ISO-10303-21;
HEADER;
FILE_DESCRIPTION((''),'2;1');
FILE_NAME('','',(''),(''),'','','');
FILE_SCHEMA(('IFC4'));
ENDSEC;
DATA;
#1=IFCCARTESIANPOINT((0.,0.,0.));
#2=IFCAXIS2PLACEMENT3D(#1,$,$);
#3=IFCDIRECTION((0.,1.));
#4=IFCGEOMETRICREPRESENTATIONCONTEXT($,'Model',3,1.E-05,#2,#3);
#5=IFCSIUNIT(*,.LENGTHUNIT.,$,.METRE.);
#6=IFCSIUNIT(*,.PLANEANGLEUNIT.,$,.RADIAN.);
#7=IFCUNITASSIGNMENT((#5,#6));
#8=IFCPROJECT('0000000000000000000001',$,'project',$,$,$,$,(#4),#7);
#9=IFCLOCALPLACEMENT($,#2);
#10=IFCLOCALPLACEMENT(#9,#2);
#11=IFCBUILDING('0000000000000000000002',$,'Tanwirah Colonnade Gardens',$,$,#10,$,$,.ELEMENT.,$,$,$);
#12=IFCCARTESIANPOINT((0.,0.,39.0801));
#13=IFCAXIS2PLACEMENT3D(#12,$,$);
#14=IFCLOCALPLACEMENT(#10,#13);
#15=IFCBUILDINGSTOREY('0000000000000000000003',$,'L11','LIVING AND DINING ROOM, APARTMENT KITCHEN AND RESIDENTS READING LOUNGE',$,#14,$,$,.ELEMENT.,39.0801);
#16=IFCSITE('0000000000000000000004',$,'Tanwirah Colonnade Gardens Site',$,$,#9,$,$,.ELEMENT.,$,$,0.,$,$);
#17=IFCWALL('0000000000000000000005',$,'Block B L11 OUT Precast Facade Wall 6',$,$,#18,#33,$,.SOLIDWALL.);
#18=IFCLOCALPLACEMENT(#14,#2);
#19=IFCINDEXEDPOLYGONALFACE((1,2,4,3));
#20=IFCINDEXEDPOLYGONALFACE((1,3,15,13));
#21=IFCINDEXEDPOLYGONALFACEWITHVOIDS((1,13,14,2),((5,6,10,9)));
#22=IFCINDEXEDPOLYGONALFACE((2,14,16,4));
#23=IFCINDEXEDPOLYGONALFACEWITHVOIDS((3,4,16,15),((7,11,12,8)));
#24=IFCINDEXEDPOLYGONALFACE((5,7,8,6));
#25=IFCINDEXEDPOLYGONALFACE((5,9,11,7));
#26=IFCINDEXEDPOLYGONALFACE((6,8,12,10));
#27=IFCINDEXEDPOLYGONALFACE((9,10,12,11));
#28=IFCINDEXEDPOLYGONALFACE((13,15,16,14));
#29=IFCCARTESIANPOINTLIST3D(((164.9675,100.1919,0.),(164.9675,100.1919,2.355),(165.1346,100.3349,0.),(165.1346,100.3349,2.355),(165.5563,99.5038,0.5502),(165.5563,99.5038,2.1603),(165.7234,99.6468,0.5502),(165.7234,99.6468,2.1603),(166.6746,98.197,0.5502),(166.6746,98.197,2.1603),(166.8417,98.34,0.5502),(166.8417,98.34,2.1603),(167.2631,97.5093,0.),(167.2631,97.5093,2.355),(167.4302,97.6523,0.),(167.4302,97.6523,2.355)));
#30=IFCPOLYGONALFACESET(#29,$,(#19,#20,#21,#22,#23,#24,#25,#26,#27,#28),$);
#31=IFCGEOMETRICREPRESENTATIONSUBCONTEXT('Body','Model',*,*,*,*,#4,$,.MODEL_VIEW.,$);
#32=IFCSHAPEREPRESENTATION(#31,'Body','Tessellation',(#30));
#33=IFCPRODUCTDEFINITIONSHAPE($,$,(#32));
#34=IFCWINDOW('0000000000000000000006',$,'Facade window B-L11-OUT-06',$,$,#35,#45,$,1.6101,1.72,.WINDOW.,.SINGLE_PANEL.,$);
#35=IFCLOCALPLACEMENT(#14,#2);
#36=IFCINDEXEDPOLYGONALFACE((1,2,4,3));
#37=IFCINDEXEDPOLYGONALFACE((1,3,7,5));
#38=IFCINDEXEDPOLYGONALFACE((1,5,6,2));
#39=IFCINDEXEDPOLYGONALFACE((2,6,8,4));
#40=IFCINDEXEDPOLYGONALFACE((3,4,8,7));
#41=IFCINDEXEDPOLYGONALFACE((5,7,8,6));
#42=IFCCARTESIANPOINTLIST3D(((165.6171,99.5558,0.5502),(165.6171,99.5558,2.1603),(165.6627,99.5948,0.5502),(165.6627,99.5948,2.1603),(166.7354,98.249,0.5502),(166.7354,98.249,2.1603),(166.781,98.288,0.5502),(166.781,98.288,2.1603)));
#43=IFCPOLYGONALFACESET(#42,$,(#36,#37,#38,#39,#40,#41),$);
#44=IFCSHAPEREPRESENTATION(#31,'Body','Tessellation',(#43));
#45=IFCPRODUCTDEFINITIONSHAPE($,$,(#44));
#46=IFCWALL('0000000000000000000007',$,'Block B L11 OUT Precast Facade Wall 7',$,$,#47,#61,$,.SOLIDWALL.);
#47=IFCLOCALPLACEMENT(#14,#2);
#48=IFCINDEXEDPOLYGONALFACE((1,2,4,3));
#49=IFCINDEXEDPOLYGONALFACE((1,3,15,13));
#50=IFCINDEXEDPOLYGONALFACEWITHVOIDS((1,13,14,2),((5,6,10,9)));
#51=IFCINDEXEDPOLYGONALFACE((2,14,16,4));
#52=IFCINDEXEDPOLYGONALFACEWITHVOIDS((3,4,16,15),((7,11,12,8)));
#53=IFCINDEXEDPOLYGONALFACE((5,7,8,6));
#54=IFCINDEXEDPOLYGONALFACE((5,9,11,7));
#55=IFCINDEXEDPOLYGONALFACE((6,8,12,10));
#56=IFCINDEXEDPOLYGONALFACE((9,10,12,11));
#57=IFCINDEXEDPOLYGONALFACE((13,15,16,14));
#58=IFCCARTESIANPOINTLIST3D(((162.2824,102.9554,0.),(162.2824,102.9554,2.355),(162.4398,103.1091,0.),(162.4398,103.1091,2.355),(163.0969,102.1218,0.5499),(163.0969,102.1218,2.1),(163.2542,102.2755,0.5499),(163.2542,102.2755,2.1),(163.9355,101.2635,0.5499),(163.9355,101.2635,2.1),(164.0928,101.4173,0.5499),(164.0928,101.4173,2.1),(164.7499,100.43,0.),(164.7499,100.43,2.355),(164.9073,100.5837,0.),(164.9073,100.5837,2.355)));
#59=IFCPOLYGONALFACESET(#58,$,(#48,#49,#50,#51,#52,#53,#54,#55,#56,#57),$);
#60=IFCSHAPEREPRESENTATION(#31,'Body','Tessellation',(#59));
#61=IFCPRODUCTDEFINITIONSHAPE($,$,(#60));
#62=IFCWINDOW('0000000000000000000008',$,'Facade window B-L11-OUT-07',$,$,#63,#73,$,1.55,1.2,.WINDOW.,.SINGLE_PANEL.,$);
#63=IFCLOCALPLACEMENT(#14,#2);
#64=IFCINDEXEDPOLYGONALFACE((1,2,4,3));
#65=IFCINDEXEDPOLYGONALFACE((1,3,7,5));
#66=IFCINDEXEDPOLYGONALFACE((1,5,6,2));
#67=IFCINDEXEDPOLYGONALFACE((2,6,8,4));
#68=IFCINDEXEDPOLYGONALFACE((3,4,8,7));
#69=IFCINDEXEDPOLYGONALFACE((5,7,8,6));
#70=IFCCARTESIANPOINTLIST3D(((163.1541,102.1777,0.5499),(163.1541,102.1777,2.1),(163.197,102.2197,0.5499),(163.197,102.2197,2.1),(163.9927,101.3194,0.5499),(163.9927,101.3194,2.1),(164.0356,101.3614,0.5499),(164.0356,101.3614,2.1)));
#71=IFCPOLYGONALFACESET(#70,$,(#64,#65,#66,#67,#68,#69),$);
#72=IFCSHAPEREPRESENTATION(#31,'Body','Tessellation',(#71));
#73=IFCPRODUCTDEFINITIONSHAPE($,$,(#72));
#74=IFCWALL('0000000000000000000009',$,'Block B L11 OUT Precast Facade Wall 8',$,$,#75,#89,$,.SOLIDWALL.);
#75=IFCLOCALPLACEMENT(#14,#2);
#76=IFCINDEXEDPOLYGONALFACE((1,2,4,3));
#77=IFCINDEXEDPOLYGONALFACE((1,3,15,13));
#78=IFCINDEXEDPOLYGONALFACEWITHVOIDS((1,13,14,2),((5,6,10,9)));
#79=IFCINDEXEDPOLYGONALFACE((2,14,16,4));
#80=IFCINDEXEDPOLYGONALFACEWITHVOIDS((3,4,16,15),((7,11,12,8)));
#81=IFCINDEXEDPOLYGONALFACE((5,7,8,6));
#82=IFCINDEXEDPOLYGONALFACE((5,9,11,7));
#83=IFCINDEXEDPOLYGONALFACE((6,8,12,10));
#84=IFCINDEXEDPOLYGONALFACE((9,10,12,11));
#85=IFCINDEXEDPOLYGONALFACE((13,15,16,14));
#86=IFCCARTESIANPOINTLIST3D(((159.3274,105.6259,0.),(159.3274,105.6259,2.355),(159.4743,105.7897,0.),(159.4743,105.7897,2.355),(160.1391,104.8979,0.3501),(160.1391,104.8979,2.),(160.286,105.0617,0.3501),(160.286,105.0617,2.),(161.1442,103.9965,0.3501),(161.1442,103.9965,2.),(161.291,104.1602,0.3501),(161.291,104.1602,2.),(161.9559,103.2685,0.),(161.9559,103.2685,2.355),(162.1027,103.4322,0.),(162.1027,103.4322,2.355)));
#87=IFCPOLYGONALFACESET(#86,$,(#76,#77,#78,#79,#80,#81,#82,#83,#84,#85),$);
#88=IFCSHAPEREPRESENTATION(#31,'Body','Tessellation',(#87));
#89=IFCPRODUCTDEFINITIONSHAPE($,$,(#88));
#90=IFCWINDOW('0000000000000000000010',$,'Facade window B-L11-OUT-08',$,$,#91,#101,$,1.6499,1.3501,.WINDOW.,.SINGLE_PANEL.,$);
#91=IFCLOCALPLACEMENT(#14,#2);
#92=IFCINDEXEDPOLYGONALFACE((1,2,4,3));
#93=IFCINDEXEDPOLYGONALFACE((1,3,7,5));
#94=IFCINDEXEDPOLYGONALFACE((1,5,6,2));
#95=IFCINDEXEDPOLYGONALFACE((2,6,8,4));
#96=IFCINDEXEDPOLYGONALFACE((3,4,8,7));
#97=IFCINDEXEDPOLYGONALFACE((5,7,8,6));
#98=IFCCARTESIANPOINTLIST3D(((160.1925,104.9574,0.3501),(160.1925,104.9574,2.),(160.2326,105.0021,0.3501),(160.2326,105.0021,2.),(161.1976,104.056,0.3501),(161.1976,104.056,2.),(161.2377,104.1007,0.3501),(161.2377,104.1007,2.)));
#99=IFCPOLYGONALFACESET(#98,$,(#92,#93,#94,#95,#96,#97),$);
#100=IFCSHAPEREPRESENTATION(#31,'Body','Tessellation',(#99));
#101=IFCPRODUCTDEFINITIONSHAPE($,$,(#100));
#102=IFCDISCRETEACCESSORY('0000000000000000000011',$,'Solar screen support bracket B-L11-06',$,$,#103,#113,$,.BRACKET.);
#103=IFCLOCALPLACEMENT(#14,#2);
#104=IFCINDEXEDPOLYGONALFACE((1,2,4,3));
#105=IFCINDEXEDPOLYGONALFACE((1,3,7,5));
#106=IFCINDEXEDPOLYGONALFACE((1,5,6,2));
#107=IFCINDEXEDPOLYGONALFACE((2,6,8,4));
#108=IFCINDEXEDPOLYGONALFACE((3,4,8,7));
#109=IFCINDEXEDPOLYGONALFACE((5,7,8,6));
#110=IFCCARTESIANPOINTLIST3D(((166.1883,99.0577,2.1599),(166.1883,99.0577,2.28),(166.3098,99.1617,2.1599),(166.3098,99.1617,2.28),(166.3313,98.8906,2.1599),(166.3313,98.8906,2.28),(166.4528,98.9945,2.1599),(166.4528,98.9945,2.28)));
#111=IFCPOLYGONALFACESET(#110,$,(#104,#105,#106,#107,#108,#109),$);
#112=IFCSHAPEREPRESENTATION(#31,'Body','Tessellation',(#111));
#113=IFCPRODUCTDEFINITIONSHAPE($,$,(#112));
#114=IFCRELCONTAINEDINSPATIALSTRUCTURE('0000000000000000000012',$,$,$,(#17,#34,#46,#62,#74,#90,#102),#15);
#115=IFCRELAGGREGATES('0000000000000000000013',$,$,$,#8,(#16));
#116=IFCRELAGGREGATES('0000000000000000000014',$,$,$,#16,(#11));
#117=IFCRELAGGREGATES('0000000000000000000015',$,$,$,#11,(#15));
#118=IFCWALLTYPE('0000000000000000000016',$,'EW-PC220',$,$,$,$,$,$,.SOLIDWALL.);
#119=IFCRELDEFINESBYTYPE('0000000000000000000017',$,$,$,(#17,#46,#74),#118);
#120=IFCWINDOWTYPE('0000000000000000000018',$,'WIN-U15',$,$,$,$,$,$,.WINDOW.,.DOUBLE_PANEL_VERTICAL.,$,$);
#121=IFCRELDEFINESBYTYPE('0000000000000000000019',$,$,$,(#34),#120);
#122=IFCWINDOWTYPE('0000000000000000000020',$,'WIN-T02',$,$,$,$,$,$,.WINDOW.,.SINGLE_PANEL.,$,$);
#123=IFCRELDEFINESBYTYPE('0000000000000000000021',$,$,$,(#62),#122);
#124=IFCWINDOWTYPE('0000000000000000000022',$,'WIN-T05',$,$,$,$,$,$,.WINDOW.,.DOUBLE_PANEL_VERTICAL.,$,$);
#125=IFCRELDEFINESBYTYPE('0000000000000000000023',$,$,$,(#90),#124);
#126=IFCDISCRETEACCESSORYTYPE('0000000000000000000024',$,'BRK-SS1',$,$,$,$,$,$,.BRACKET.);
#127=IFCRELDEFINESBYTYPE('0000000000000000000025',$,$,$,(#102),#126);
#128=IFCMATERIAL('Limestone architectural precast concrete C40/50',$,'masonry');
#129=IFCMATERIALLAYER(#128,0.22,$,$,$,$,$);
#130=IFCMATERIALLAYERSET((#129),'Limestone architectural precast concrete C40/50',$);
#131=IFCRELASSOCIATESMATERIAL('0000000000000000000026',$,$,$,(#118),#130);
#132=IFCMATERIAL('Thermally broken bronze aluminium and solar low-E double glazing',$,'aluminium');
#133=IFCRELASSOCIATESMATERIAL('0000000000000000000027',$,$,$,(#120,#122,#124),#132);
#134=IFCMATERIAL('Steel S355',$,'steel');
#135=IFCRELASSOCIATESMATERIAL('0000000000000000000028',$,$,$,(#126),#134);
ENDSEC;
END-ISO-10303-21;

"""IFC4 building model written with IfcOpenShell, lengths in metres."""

from ifc_helpers import new_model, si_unit, direction, frame, frame_2d, origin, origin_2d, place, context, subcontext, project, spatial, rectangle, extrude, material, layer, layer_set, type_object, element, fill, save


model = new_model("IFC4")

# Units and contexts
model_context = context("Model", 3, precision=1e-05, world=origin(), true_north=direction((0.0, 1.0)))
body_context = subcontext(model_context, "Body", "Model", "MODEL_VIEW")
ifc_project = project(units=[si_unit("LENGTHUNIT", "METRE"), si_unit("PLANEANGLEUNIT", "RADIAN")], contexts=[model_context])

# Site, building, storey
site_placement = place(None, origin())
site = spatial("IfcSite", under=ifc_project, at=site_placement, Name="Tanwirah Colonnade Gardens Site", CompositionType="ELEMENT", RefElevation=0.0)
building_placement = place(site_placement, origin())
building = spatial("IfcBuilding", under=site, at=building_placement, Name="Tanwirah Colonnade Gardens", CompositionType="ELEMENT")
storey_placement = place(building_placement, frame((0.0, 0.0, 39.0801)))
storey = spatial("IfcBuildingStorey", under=building, at=storey_placement, Name="L11", Description="LIVING AND DINING ROOM, APARTMENT KITCHEN AND RESIDENTS READING LOUNGE", CompositionType="ELEMENT", Elevation=39.0801)

# Walls, openings, windows
ifc_material_1 = material(Name="Limestone architectural precast concrete C40/50", Category="masonry")
ifc_layer_1 = layer(ifc_material_1, 0.22)
ifc_layer_set_1 = layer_set([ifc_layer_1], Name="Limestone architectural precast concrete C40/50")
wall_type_1 = type_object("IfcWallType", Name="EW-PC220", PredefinedType="SOLIDWALL", material=ifc_layer_set_1)
wall_1_placement = place(storey_placement, frame((167.3467, 97.5808, 0.0), z_axis=(0.0, 0.0, 1.0), x_axis=(-0.650182, 0.759779, 0.0)))
wall_1 = element("IfcWall", 1, at=wall_1_placement, inside=storey, type_object=wall_type_1, Name="Block B L11 OUT Precast Facade Wall 6", PredefinedType="SOLIDWALL", context=body_context, shape_type="SweptSolid", body=[
    extrude(rectangle(XDim=3.5308, YDim=0.22, at=frame_2d((1.7654, 0.0))), origin(), (0.0, 0.0, 1.0), 2.355),
])
opening_1_placement = place(wall_1_placement, frame((0.9053, 0.0, 0.55)))
opening_1 = element("IfcOpeningElement", 2, at=opening_1_placement, cuts=wall_1, PredefinedType="OPENING", context=body_context, shape_type="SweptSolid", body=[
    extrude(rectangle(XDim=1.72, YDim=1.6101, at=frame_2d((0.8599, 0.8052))), frame((0.0, 0.1199, 0.0), z_axis=(0.0, -1.0, 0.0), x_axis=(1.0, 0.0, 0.0)), (0.0, 0.0, 1.0), 0.24),
])
ifc_material_2 = material(Name="Thermally broken bronze aluminium and solar low-E double glazing", Category="aluminium")
window_type_1 = type_object("IfcWindowType", Name="WIN-U15", PartitioningType="DOUBLE_PANEL_VERTICAL", PredefinedType="WINDOW", material=ifc_material_2)
window_1_placement = place(opening_1_placement, origin())
window_1 = element("IfcWindow", 3, at=window_1_placement, inside=storey, type_object=window_type_1, Name="Facade window B-L11-OUT-06", OverallHeight=1.6101, OverallWidth=1.72, PartitioningType="SINGLE_PANEL", PredefinedType="WINDOW", context=body_context, shape_type="SweptSolid", body=[
    extrude(rectangle(XDim=1.72, YDim=1.6101, at=frame_2d((0.8599, 0.8052))), frame((0.0, 0.03, 0.0), z_axis=(0.0, -1.0, 0.0), x_axis=(1.0, 0.0, 0.0)), (0.0, 0.0, 1.0), 0.0601),
])
fill(opening_1, window_1)
wall_2_placement = place(storey_placement, frame((164.8286, 100.5068, 0.0), z_axis=(0.0, 0.0, 1.0), x_axis=(-0.698865, 0.715253, 0.0)))
wall_2 = element("IfcWall", 4, at=wall_2_placement, inside=storey, type_object=wall_type_1, Name="Block B L11 OUT Precast Facade Wall 7", PredefinedType="SOLIDWALL", context=body_context, shape_type="SweptSolid", body=[
    extrude(rectangle(XDim=3.5308, YDim=0.22, at=frame_2d((1.7654, 0.0))), origin(), (0.0, 0.0, 1.0), 2.355),
])
opening_2_placement = place(wall_2_placement, frame((1.1653, 0.0, 0.55)))
opening_2 = element("IfcOpeningElement", 5, at=opening_2_placement, cuts=wall_2, PredefinedType="OPENING", context=body_context, shape_type="SweptSolid", body=[
    extrude(rectangle(XDim=1.2, YDim=1.55, at=frame_2d((0.6001, 0.7749))), frame((0.0, 0.1199, 0.0), z_axis=(0.0, -1.0, 0.0), x_axis=(1.0, 0.0, 0.0)), (0.0, 0.0, 1.0), 0.24),
])
window_type_2 = type_object("IfcWindowType", Name="WIN-T02", PartitioningType="SINGLE_PANEL", PredefinedType="WINDOW", material=ifc_material_2)
window_2_placement = place(opening_2_placement, origin())
window_2 = element("IfcWindow", 6, at=window_2_placement, inside=storey, type_object=window_type_2, Name="Facade window B-L11-OUT-07", OverallHeight=1.55, OverallWidth=1.2, PartitioningType="SINGLE_PANEL", PredefinedType="WINDOW", context=body_context, shape_type="SweptSolid", body=[
    extrude(rectangle(XDim=1.2, YDim=1.55, at=frame_2d((0.6001, 0.7749))), frame((0.0, 0.03, 0.0), z_axis=(0.0, -1.0, 0.0), x_axis=(1.0, 0.0, 0.0)), (0.0, 0.0, 1.0), 0.0601),
])
fill(opening_2, window_2)
wall_3_placement = place(storey_placement, frame((162.0293, 103.3503, 0.0), z_axis=(0.0, 0.0, 1.0), x_axis=(-0.744441, 0.667688, 0.0)))
wall_3 = element("IfcWall", 7, at=wall_3_placement, inside=storey, type_object=wall_type_1, Name="Block B L11 OUT Precast Facade Wall 8", PredefinedType="SOLIDWALL", context=body_context, shape_type="SweptSolid", body=[
    extrude(rectangle(XDim=3.5308, YDim=0.22, at=frame_2d((1.7654, 0.0))), origin(), (0.0, 0.0, 1.0), 2.355),
])
opening_3_placement = place(wall_3_placement, frame((1.0903, 0.0, 0.3501)))
opening_3 = element("IfcOpeningElement", 8, at=opening_3_placement, cuts=wall_3, PredefinedType="OPENING", context=body_context, shape_type="SweptSolid", body=[
    extrude(rectangle(XDim=1.3501, YDim=1.6499, at=frame_2d((0.675, 0.825))), frame((0.0, 0.1199, 0.0), z_axis=(0.0, -1.0, 0.0), x_axis=(1.0, 0.0, 0.0)), (0.0, 0.0, 1.0), 0.24),
])
window_type_3 = type_object("IfcWindowType", Name="WIN-T05", PartitioningType="DOUBLE_PANEL_VERTICAL", PredefinedType="WINDOW", material=ifc_material_2)
window_3_placement = place(opening_3_placement, origin())
window_3 = element("IfcWindow", 9, at=window_3_placement, inside=storey, type_object=window_type_3, Name="Facade window B-L11-OUT-08", OverallHeight=1.6499, OverallWidth=1.3501, PartitioningType="SINGLE_PANEL", PredefinedType="WINDOW", context=body_context, shape_type="SweptSolid", body=[
    extrude(rectangle(XDim=1.3501, YDim=1.6499, at=frame_2d((0.675, 0.825))), frame((0.0, 0.03, 0.0), z_axis=(0.0, -1.0, 0.0), x_axis=(1.0, 0.0, 0.0)), (0.0, 0.0, 1.0), 0.0601),
])
fill(opening_3, window_3)

# Discrete accessory
ifc_material_3 = material(Name="Steel S355", Category="steel")
discrete_accessory_type = type_object("IfcDiscreteAccessoryType", Name="BRK-SS1", PredefinedType="BRACKET", material=ifc_material_3)
discrete_accessory_placement = place(storey_placement, frame((166.3206, 99.0261, 2.1599), z_axis=(0.0, 0.0, 1.0), x_axis=(-0.650187, 0.759774, 0.0)))
element("IfcDiscreteAccessory", 10, at=discrete_accessory_placement, inside=storey, type_object=discrete_accessory_type, Name="Solar screen support bracket B-L11-06", PredefinedType="BRACKET", context=body_context, shape_type="SweptSolid", body=[
    extrude(rectangle(XDim=0.22, YDim=0.1599, at=origin_2d()), origin(), (0.0, 0.0, 1.0), 0.1201),
])

save(model, "model.ifc")
